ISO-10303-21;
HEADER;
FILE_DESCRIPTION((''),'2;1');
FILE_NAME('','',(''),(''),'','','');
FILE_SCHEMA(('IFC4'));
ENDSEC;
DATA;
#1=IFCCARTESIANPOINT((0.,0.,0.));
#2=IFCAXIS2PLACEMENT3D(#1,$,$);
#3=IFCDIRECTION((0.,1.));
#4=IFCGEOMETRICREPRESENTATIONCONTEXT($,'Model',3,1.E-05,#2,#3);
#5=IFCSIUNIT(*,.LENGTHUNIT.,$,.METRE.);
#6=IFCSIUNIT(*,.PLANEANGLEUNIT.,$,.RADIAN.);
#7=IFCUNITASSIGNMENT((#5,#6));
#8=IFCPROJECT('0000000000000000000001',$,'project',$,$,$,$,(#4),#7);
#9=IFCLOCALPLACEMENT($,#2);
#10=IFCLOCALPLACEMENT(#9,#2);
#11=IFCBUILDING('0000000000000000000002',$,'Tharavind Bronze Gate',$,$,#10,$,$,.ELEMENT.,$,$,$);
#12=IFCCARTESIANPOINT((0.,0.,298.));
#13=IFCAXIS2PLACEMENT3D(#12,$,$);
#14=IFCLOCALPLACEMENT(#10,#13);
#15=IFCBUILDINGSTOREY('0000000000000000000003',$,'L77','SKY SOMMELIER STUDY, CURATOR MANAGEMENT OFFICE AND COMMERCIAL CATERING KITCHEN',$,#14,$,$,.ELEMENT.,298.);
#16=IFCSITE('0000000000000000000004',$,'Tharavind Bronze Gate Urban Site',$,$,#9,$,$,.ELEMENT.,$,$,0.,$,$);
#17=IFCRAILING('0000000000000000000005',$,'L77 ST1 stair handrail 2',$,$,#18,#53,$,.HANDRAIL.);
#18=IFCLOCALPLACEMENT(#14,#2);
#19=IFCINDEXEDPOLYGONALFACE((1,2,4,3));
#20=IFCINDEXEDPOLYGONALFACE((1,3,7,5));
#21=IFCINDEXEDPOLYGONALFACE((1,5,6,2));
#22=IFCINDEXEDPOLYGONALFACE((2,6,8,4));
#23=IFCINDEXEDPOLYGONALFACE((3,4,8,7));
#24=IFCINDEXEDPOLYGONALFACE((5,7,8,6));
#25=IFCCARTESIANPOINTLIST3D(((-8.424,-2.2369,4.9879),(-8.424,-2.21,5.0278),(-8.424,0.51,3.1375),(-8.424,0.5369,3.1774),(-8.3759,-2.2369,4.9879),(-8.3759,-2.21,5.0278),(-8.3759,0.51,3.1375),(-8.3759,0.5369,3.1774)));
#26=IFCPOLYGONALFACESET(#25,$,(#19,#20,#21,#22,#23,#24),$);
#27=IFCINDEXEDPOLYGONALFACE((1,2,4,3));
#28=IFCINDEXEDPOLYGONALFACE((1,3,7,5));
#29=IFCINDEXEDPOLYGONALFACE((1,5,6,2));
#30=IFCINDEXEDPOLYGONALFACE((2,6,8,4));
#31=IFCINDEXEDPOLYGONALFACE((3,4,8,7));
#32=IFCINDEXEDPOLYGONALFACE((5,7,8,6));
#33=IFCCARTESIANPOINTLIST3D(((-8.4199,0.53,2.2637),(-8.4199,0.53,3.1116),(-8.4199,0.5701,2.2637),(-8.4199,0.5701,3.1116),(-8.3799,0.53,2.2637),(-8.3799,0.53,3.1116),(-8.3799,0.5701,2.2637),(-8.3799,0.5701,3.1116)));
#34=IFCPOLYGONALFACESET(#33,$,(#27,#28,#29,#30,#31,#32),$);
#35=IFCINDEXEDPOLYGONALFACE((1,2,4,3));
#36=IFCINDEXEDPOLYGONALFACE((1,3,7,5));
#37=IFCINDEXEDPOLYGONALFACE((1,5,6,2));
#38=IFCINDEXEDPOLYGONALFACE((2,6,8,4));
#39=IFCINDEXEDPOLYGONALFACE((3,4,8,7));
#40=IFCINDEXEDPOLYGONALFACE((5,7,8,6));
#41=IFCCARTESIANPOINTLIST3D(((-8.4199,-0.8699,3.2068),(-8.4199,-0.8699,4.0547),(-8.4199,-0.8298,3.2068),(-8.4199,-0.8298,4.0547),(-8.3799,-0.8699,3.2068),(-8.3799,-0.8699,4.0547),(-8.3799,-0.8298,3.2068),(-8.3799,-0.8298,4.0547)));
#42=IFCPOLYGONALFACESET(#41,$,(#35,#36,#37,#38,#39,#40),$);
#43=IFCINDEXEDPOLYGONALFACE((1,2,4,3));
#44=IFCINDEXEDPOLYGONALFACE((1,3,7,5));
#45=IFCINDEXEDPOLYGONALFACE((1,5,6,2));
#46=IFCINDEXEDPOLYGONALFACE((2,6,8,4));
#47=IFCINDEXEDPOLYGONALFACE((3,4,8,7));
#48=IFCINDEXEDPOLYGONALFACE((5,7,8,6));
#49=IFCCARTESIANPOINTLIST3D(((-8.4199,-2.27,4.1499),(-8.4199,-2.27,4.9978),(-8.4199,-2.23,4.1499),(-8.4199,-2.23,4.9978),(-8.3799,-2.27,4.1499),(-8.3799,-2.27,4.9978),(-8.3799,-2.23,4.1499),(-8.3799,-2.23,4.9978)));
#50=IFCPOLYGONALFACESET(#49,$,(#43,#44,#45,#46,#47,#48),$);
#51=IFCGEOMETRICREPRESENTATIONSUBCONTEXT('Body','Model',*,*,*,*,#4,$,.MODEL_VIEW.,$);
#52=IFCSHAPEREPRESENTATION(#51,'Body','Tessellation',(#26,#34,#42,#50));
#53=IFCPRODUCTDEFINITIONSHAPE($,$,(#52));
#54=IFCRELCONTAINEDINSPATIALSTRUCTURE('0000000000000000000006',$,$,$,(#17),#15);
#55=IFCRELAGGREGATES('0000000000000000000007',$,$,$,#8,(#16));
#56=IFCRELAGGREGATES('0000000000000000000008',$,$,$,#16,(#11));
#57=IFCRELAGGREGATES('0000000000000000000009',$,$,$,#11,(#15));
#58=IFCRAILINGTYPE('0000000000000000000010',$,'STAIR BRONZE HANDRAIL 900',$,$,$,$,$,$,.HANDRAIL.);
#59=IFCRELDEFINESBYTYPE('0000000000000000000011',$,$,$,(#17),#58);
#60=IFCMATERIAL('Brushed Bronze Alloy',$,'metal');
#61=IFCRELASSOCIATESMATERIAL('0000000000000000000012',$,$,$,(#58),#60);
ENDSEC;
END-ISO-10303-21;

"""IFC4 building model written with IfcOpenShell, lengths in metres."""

from ifc_helpers import new_model, si_unit, direction, frame, origin, origin_2d, place, context, subcontext, project, spatial, rectangle, extrude, material, type_object, element, save


model = new_model("IFC4")

# Units and contexts
model_context = context("Model", 3, precision=1e-05, world=origin(), true_north=direction((0.0, 1.0)))
body_context = subcontext(model_context, "Body", "Model", "MODEL_VIEW")
ifc_project = project(units=[si_unit("LENGTHUNIT", "METRE"), si_unit("PLANEANGLEUNIT", "RADIAN")], contexts=[model_context])

# Site, building, storey
site_placement = place(None, origin())
site = spatial("IfcSite", under=ifc_project, at=site_placement, Name="Tharavind Bronze Gate Urban Site", CompositionType="ELEMENT", RefElevation=0.0)
building_placement = place(site_placement, origin())
building = spatial("IfcBuilding", under=site, at=building_placement, Name="Tharavind Bronze Gate", CompositionType="ELEMENT")
storey_placement = place(building_placement, frame((0.0, 0.0, 298.0)))
storey = spatial("IfcBuildingStorey", under=building, at=storey_placement, Name="L77", Description="SKY SOMMELIER STUDY, CURATOR MANAGEMENT OFFICE AND COMMERCIAL CATERING KITCHEN", CompositionType="ELEMENT", Elevation=298.0)

# Railing
ifc_material_1 = material(Name="Brushed Bronze Alloy", Category="metal")
railing_type = type_object("IfcRailingType", Name="STAIR BRONZE HANDRAIL 900", PredefinedType="HANDRAIL", material=ifc_material_1)
railing_placement = place(storey_placement, frame((-8.3999, 0.55, 2.2637)))
element("IfcRailing", 1, at=railing_placement, inside=storey, type_object=railing_type, Name="L77 ST1 stair handrail 2", PredefinedType="HANDRAIL", context=body_context, shape_type="SweptSolid", body=[
    extrude(rectangle(XDim=0.0481, YDim=0.0481, at=origin_2d()), frame((0.0, -0.0266, 0.8938), z_axis=(0.0, -0.829371, 0.558699), x_axis=(1.0, 0.0, 0.0)), (0.0, 0.0, 1.0), 3.312),
    extrude(rectangle(XDim=0.04, YDim=0.04, at=origin_2d()), origin(), (0.0, 0.0, 1.0), 0.8479),
    extrude(rectangle(XDim=0.04, YDim=0.04, at=origin_2d()), frame((0.0, -1.3999, 0.9431)), (0.0, 0.0, 1.0), 0.8479),
    extrude(rectangle(XDim=0.04, YDim=0.04, at=origin_2d()), frame((0.0, -2.8, 1.8862)), (0.0, 0.0, 1.0), 0.8479),
])

save(model, "model.ifc")
